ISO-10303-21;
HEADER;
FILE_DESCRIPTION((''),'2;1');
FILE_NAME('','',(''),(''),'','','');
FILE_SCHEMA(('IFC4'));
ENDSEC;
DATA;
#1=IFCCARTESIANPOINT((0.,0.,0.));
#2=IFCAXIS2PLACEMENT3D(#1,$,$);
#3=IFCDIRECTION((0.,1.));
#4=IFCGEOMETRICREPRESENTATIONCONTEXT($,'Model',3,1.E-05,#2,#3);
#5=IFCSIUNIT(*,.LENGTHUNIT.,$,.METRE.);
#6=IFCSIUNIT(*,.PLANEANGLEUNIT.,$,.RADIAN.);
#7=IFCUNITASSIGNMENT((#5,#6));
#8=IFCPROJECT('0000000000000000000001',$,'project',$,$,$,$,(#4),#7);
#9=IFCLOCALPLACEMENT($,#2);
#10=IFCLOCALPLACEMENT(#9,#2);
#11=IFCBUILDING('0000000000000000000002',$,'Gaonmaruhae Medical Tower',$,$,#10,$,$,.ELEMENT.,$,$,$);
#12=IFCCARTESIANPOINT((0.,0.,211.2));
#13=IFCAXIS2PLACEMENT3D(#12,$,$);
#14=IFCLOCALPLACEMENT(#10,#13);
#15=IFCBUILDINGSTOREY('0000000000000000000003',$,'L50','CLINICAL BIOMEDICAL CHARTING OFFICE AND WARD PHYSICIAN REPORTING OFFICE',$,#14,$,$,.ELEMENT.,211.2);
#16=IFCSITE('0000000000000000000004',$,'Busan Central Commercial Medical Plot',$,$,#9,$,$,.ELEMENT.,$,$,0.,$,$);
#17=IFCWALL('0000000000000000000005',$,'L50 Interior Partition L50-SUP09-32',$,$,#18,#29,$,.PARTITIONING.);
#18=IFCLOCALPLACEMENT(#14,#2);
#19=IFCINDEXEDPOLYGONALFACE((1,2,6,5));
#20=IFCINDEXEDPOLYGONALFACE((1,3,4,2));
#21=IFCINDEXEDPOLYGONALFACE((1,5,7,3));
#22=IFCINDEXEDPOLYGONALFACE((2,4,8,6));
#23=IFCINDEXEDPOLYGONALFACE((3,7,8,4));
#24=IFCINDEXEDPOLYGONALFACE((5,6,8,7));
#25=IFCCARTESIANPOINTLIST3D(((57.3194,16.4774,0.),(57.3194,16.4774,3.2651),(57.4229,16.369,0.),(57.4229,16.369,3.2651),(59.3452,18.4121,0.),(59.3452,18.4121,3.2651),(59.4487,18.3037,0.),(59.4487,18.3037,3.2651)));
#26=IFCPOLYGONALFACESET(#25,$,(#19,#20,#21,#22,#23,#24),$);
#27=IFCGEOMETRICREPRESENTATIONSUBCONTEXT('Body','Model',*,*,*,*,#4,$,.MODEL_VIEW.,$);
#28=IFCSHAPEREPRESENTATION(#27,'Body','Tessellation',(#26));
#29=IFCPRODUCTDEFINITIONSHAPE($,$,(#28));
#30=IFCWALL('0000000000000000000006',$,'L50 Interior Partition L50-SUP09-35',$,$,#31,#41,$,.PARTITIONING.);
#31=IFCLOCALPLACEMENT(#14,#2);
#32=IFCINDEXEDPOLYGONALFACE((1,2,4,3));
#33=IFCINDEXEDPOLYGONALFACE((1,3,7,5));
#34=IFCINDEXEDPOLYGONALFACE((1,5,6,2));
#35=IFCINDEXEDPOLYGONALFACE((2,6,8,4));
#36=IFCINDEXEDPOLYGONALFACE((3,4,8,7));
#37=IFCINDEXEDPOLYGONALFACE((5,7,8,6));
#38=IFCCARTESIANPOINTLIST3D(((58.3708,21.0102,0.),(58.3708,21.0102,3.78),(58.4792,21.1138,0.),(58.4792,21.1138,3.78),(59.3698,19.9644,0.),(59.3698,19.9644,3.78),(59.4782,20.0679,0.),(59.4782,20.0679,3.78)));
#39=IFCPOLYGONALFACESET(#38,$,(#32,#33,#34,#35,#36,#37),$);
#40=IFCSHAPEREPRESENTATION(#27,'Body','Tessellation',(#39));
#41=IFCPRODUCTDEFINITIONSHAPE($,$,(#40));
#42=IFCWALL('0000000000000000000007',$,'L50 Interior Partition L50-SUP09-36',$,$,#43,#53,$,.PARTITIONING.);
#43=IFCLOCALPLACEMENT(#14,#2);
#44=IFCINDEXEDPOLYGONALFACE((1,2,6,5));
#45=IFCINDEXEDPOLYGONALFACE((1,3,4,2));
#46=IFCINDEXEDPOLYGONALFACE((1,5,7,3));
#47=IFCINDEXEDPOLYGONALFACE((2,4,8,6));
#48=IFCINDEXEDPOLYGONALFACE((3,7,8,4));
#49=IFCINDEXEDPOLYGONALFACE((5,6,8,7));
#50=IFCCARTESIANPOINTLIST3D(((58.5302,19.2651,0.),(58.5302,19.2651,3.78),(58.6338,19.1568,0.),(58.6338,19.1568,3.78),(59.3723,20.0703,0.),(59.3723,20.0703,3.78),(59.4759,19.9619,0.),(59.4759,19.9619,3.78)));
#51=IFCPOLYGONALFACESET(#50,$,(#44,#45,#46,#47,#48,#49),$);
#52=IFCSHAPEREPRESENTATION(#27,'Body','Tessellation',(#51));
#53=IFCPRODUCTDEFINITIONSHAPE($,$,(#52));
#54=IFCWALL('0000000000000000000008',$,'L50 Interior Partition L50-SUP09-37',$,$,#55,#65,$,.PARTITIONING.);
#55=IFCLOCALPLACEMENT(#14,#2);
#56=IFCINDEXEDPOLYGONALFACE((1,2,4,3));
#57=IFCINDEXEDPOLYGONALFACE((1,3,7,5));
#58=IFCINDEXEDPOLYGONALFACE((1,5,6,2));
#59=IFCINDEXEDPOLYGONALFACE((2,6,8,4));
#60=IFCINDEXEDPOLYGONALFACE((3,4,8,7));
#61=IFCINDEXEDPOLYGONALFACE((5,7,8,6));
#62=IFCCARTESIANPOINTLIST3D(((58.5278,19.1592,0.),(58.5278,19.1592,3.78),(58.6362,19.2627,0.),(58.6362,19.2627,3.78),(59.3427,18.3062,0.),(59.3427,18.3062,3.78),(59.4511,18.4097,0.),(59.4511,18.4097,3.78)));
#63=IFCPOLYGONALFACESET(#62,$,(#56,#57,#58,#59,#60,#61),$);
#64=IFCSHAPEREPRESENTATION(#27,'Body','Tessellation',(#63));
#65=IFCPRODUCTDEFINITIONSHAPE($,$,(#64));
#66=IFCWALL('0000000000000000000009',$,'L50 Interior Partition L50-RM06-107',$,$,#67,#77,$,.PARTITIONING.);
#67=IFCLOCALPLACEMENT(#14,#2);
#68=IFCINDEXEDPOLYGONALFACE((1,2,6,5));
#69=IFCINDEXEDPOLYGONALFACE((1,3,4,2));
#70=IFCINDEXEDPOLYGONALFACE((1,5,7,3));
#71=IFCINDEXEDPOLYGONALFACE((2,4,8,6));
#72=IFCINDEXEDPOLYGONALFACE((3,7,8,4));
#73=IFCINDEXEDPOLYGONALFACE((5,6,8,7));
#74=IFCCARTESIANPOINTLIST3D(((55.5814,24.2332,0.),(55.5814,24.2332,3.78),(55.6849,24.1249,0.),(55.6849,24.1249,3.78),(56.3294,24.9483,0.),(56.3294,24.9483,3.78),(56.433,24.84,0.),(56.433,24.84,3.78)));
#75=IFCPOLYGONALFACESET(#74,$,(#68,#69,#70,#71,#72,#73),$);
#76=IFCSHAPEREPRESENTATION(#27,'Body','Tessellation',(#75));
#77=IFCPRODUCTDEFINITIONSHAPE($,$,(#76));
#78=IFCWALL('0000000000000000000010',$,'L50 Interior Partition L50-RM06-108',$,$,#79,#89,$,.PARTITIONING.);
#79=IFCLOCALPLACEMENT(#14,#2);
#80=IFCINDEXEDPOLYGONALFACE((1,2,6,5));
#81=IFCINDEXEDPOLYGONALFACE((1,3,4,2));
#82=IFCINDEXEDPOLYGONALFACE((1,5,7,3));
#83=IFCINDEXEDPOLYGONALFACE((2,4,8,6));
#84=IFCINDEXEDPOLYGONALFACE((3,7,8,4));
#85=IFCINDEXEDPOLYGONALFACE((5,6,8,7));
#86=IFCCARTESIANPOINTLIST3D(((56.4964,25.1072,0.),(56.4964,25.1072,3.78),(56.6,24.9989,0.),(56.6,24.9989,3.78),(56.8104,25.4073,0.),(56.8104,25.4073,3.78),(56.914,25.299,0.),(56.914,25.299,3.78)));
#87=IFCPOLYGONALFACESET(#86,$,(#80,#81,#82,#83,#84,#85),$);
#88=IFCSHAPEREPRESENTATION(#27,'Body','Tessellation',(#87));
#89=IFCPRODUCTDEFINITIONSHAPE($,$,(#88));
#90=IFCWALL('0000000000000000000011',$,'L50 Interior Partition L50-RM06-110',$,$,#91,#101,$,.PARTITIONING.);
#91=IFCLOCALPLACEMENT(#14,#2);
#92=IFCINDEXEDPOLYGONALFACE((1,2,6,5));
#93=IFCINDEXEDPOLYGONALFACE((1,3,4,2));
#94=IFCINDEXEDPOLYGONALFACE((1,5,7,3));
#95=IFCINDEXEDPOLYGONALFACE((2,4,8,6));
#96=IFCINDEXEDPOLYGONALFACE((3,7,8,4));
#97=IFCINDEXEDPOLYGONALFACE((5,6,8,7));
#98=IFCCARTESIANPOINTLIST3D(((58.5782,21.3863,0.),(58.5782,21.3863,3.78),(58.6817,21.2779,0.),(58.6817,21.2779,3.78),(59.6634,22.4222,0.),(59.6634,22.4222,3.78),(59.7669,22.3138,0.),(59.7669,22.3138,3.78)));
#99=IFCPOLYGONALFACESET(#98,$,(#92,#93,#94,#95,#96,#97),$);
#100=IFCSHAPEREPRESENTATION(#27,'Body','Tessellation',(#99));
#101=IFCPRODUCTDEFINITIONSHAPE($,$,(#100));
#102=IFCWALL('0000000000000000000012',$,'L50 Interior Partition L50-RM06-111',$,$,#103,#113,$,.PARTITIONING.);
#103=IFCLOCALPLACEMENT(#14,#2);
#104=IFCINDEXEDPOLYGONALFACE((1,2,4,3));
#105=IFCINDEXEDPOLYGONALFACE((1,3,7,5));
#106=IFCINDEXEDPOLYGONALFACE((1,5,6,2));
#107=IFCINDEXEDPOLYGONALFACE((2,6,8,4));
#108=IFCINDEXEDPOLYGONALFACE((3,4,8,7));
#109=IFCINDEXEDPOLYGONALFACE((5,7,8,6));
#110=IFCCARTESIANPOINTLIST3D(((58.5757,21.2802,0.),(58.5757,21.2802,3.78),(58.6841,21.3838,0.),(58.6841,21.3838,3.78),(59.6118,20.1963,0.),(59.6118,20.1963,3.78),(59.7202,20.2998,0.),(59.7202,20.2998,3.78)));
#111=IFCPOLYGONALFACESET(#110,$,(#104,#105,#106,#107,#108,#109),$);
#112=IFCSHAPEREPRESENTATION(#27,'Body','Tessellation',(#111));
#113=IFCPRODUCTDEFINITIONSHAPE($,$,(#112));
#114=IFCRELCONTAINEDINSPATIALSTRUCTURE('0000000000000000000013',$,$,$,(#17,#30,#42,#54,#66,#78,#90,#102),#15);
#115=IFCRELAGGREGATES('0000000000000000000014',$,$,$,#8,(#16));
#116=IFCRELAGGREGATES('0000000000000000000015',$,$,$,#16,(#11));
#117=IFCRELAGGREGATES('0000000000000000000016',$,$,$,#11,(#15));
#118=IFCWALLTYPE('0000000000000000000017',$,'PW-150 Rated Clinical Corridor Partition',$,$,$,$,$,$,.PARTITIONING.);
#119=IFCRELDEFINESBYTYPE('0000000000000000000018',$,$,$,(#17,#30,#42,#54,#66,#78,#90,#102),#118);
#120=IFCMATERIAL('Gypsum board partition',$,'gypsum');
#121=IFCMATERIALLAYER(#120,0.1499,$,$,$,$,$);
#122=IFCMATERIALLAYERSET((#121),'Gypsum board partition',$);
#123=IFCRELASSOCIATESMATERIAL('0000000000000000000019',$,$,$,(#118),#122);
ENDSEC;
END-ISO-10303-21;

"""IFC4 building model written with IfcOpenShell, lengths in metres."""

from ifc_helpers import new_model, si_unit, direction, frame, frame_2d, origin, place, context, subcontext, project, spatial, rectangle, extrude, material, layer, layer_set, type_object, element, save


model = new_model("IFC4")

# Units and contexts
model_context = context("Model", 3, precision=1e-05, world=origin(), true_north=direction((0.0, 1.0)))
body_context = subcontext(model_context, "Body", "Model", "MODEL_VIEW")
ifc_project = project(units=[si_unit("LENGTHUNIT", "METRE"), si_unit("PLANEANGLEUNIT", "RADIAN")], contexts=[model_context])

# Site, building, storey
site_placement = place(None, origin())
site = spatial("IfcSite", under=ifc_project, at=site_placement, Name="Busan Central Commercial Medical Plot", CompositionType="ELEMENT", RefElevation=0.0)
building_placement = place(site_placement, origin())
building = spatial("IfcBuilding", under=site, at=building_placement, Name="Gaonmaruhae Medical Tower", CompositionType="ELEMENT")
storey_placement = place(building_placement, frame((0.0, 0.0, 211.2)))
storey = spatial("IfcBuildingStorey", under=building, at=storey_placement, Name="L50", Description="CLINICAL BIOMEDICAL CHARTING OFFICE AND WARD PHYSICIAN REPORTING OFFICE", CompositionType="ELEMENT", Elevation=211.2)

# Walls
ifc_material_1 = material(Name="Gypsum board partition", Category="gypsum")
ifc_layer_1 = layer(ifc_material_1, 0.1499)
ifc_layer_set_1 = layer_set([ifc_layer_1], Name="Gypsum board partition")
wall_type_1 = type_object("IfcWallType", Name="PW-150 Rated Clinical Corridor Partition", PredefinedType="PARTITIONING", material=ifc_layer_set_1)
wall_1_placement = place(storey_placement, frame((59.397, 18.3579, 0.0), z_axis=(0.0, 0.0, 1.0), x_axis=(-0.723173, -0.690666, 0.0)))
element("IfcWall", 1, at=wall_1_placement, inside=storey, type_object=wall_type_1, Name="L50 Interior Partition L50-SUP09-32", PredefinedType="PARTITIONING", context=body_context, shape_type="SweptSolid", body=[
    extrude(rectangle(XDim=2.8013, YDim=0.1499, at=frame_2d((1.4006, 0.0))), origin(), (0.0, 0.0, 1.0), 3.2651),
])
wall_2_placement = place(storey_placement, frame((58.425, 21.062, 0.0), z_axis=(0.0, 0.0, 1.0), x_axis=(0.690717, -0.723126, 0.0)))
element("IfcWall", 2, at=wall_2_placement, inside=storey, type_object=wall_type_1, Name="L50 Interior Partition L50-SUP09-35", PredefinedType="PARTITIONING", context=body_context, shape_type="SweptSolid", body=[
    extrude(rectangle(XDim=1.4463, YDim=0.1499, at=frame_2d((0.7231, 0.0))), origin(), (0.0, 0.0, 1.0), 3.78),
])
wall_3_placement = place(storey_placement, frame((59.4241, 20.0161, 0.0), z_axis=(0.0, 0.0, 1.0), x_axis=(-0.722751, -0.691108, 0.0)))
element("IfcWall", 3, at=wall_3_placement, inside=storey, type_object=wall_type_1, Name="L50 Interior Partition L50-SUP09-36", PredefinedType="PARTITIONING", context=body_context, shape_type="SweptSolid", body=[
    extrude(rectangle(XDim=1.165, YDim=0.1499, at=frame_2d((0.5825, 0.0))), origin(), (0.0, 0.0, 1.0), 3.78),
])
wall_4_placement = place(storey_placement, frame((58.582, 19.2109, 0.0), z_axis=(0.0, 0.0, 1.0), x_axis=(0.690781, -0.723064, 0.0)))
element("IfcWall", 4, at=wall_4_placement, inside=storey, type_object=wall_type_1, Name="L50 Interior Partition L50-SUP09-37", PredefinedType="PARTITIONING", context=body_context, shape_type="SweptSolid", body=[
    extrude(rectangle(XDim=1.1797, YDim=0.1499, at=frame_2d((0.5898, 0.0))), origin(), (0.0, 0.0, 1.0), 3.78),
])
wall_5_placement = place(storey_placement, frame((55.6331, 24.179, 0.0), z_axis=(0.0, 0.0, 1.0), x_axis=(0.722852, 0.691003, 0.0)))
element("IfcWall", 5, at=wall_5_placement, inside=storey, type_object=wall_type_1, Name="L50 Interior Partition L50-RM06-107", PredefinedType="PARTITIONING", context=body_context, shape_type="SweptSolid", body=[
    extrude(rectangle(XDim=1.0349, YDim=0.1499, at=frame_2d((0.5176, 0.0))), origin(), (0.0, 0.0, 1.0), 3.78),
])
wall_6_placement = place(storey_placement, frame((56.5481, 25.053, 0.0), z_axis=(0.0, 0.0, 1.0), x_axis=(0.722947, 0.690903, 0.0)))
element("IfcWall", 6, at=wall_6_placement, inside=storey, type_object=wall_type_1, Name="L50 Interior Partition L50-RM06-108", PredefinedType="PARTITIONING", context=body_context, shape_type="SweptSolid", body=[
    extrude(rectangle(XDim=0.4343, YDim=0.1499, at=frame_2d((0.2173, 0.0))), origin(), (0.0, 0.0, 1.0), 3.78),
])
wall_7_placement = place(storey_placement, frame((59.7151, 22.3679, 0.0), z_axis=(0.0, 0.0, 1.0), x_axis=(-0.723352, -0.69048, 0.0)))
element("IfcWall", 7, at=wall_7_placement, inside=storey, type_object=wall_type_1, Name="L50 Interior Partition L50-RM06-110", PredefinedType="PARTITIONING", context=body_context, shape_type="SweptSolid", body=[
    extrude(rectangle(XDim=1.5002, YDim=0.1499, at=frame_2d((0.75, 0.0))), origin(), (0.0, 0.0, 1.0), 3.78),
])
wall_8_placement = place(storey_placement, frame((58.6299, 21.332, 0.0), z_axis=(0.0, 0.0, 1.0), x_axis=(0.690971, -0.722882, 0.0)))
element("IfcWall", 8, at=wall_8_placement, inside=storey, type_object=wall_type_1, Name="L50 Interior Partition L50-RM06-111", PredefinedType="PARTITIONING", context=body_context, shape_type="SweptSolid", body=[
    extrude(rectangle(XDim=1.4995, YDim=0.1499, at=frame_2d((0.7498, 0.0))), origin(), (0.0, 0.0, 1.0), 3.78),
])

save(model, "model.ifc")
